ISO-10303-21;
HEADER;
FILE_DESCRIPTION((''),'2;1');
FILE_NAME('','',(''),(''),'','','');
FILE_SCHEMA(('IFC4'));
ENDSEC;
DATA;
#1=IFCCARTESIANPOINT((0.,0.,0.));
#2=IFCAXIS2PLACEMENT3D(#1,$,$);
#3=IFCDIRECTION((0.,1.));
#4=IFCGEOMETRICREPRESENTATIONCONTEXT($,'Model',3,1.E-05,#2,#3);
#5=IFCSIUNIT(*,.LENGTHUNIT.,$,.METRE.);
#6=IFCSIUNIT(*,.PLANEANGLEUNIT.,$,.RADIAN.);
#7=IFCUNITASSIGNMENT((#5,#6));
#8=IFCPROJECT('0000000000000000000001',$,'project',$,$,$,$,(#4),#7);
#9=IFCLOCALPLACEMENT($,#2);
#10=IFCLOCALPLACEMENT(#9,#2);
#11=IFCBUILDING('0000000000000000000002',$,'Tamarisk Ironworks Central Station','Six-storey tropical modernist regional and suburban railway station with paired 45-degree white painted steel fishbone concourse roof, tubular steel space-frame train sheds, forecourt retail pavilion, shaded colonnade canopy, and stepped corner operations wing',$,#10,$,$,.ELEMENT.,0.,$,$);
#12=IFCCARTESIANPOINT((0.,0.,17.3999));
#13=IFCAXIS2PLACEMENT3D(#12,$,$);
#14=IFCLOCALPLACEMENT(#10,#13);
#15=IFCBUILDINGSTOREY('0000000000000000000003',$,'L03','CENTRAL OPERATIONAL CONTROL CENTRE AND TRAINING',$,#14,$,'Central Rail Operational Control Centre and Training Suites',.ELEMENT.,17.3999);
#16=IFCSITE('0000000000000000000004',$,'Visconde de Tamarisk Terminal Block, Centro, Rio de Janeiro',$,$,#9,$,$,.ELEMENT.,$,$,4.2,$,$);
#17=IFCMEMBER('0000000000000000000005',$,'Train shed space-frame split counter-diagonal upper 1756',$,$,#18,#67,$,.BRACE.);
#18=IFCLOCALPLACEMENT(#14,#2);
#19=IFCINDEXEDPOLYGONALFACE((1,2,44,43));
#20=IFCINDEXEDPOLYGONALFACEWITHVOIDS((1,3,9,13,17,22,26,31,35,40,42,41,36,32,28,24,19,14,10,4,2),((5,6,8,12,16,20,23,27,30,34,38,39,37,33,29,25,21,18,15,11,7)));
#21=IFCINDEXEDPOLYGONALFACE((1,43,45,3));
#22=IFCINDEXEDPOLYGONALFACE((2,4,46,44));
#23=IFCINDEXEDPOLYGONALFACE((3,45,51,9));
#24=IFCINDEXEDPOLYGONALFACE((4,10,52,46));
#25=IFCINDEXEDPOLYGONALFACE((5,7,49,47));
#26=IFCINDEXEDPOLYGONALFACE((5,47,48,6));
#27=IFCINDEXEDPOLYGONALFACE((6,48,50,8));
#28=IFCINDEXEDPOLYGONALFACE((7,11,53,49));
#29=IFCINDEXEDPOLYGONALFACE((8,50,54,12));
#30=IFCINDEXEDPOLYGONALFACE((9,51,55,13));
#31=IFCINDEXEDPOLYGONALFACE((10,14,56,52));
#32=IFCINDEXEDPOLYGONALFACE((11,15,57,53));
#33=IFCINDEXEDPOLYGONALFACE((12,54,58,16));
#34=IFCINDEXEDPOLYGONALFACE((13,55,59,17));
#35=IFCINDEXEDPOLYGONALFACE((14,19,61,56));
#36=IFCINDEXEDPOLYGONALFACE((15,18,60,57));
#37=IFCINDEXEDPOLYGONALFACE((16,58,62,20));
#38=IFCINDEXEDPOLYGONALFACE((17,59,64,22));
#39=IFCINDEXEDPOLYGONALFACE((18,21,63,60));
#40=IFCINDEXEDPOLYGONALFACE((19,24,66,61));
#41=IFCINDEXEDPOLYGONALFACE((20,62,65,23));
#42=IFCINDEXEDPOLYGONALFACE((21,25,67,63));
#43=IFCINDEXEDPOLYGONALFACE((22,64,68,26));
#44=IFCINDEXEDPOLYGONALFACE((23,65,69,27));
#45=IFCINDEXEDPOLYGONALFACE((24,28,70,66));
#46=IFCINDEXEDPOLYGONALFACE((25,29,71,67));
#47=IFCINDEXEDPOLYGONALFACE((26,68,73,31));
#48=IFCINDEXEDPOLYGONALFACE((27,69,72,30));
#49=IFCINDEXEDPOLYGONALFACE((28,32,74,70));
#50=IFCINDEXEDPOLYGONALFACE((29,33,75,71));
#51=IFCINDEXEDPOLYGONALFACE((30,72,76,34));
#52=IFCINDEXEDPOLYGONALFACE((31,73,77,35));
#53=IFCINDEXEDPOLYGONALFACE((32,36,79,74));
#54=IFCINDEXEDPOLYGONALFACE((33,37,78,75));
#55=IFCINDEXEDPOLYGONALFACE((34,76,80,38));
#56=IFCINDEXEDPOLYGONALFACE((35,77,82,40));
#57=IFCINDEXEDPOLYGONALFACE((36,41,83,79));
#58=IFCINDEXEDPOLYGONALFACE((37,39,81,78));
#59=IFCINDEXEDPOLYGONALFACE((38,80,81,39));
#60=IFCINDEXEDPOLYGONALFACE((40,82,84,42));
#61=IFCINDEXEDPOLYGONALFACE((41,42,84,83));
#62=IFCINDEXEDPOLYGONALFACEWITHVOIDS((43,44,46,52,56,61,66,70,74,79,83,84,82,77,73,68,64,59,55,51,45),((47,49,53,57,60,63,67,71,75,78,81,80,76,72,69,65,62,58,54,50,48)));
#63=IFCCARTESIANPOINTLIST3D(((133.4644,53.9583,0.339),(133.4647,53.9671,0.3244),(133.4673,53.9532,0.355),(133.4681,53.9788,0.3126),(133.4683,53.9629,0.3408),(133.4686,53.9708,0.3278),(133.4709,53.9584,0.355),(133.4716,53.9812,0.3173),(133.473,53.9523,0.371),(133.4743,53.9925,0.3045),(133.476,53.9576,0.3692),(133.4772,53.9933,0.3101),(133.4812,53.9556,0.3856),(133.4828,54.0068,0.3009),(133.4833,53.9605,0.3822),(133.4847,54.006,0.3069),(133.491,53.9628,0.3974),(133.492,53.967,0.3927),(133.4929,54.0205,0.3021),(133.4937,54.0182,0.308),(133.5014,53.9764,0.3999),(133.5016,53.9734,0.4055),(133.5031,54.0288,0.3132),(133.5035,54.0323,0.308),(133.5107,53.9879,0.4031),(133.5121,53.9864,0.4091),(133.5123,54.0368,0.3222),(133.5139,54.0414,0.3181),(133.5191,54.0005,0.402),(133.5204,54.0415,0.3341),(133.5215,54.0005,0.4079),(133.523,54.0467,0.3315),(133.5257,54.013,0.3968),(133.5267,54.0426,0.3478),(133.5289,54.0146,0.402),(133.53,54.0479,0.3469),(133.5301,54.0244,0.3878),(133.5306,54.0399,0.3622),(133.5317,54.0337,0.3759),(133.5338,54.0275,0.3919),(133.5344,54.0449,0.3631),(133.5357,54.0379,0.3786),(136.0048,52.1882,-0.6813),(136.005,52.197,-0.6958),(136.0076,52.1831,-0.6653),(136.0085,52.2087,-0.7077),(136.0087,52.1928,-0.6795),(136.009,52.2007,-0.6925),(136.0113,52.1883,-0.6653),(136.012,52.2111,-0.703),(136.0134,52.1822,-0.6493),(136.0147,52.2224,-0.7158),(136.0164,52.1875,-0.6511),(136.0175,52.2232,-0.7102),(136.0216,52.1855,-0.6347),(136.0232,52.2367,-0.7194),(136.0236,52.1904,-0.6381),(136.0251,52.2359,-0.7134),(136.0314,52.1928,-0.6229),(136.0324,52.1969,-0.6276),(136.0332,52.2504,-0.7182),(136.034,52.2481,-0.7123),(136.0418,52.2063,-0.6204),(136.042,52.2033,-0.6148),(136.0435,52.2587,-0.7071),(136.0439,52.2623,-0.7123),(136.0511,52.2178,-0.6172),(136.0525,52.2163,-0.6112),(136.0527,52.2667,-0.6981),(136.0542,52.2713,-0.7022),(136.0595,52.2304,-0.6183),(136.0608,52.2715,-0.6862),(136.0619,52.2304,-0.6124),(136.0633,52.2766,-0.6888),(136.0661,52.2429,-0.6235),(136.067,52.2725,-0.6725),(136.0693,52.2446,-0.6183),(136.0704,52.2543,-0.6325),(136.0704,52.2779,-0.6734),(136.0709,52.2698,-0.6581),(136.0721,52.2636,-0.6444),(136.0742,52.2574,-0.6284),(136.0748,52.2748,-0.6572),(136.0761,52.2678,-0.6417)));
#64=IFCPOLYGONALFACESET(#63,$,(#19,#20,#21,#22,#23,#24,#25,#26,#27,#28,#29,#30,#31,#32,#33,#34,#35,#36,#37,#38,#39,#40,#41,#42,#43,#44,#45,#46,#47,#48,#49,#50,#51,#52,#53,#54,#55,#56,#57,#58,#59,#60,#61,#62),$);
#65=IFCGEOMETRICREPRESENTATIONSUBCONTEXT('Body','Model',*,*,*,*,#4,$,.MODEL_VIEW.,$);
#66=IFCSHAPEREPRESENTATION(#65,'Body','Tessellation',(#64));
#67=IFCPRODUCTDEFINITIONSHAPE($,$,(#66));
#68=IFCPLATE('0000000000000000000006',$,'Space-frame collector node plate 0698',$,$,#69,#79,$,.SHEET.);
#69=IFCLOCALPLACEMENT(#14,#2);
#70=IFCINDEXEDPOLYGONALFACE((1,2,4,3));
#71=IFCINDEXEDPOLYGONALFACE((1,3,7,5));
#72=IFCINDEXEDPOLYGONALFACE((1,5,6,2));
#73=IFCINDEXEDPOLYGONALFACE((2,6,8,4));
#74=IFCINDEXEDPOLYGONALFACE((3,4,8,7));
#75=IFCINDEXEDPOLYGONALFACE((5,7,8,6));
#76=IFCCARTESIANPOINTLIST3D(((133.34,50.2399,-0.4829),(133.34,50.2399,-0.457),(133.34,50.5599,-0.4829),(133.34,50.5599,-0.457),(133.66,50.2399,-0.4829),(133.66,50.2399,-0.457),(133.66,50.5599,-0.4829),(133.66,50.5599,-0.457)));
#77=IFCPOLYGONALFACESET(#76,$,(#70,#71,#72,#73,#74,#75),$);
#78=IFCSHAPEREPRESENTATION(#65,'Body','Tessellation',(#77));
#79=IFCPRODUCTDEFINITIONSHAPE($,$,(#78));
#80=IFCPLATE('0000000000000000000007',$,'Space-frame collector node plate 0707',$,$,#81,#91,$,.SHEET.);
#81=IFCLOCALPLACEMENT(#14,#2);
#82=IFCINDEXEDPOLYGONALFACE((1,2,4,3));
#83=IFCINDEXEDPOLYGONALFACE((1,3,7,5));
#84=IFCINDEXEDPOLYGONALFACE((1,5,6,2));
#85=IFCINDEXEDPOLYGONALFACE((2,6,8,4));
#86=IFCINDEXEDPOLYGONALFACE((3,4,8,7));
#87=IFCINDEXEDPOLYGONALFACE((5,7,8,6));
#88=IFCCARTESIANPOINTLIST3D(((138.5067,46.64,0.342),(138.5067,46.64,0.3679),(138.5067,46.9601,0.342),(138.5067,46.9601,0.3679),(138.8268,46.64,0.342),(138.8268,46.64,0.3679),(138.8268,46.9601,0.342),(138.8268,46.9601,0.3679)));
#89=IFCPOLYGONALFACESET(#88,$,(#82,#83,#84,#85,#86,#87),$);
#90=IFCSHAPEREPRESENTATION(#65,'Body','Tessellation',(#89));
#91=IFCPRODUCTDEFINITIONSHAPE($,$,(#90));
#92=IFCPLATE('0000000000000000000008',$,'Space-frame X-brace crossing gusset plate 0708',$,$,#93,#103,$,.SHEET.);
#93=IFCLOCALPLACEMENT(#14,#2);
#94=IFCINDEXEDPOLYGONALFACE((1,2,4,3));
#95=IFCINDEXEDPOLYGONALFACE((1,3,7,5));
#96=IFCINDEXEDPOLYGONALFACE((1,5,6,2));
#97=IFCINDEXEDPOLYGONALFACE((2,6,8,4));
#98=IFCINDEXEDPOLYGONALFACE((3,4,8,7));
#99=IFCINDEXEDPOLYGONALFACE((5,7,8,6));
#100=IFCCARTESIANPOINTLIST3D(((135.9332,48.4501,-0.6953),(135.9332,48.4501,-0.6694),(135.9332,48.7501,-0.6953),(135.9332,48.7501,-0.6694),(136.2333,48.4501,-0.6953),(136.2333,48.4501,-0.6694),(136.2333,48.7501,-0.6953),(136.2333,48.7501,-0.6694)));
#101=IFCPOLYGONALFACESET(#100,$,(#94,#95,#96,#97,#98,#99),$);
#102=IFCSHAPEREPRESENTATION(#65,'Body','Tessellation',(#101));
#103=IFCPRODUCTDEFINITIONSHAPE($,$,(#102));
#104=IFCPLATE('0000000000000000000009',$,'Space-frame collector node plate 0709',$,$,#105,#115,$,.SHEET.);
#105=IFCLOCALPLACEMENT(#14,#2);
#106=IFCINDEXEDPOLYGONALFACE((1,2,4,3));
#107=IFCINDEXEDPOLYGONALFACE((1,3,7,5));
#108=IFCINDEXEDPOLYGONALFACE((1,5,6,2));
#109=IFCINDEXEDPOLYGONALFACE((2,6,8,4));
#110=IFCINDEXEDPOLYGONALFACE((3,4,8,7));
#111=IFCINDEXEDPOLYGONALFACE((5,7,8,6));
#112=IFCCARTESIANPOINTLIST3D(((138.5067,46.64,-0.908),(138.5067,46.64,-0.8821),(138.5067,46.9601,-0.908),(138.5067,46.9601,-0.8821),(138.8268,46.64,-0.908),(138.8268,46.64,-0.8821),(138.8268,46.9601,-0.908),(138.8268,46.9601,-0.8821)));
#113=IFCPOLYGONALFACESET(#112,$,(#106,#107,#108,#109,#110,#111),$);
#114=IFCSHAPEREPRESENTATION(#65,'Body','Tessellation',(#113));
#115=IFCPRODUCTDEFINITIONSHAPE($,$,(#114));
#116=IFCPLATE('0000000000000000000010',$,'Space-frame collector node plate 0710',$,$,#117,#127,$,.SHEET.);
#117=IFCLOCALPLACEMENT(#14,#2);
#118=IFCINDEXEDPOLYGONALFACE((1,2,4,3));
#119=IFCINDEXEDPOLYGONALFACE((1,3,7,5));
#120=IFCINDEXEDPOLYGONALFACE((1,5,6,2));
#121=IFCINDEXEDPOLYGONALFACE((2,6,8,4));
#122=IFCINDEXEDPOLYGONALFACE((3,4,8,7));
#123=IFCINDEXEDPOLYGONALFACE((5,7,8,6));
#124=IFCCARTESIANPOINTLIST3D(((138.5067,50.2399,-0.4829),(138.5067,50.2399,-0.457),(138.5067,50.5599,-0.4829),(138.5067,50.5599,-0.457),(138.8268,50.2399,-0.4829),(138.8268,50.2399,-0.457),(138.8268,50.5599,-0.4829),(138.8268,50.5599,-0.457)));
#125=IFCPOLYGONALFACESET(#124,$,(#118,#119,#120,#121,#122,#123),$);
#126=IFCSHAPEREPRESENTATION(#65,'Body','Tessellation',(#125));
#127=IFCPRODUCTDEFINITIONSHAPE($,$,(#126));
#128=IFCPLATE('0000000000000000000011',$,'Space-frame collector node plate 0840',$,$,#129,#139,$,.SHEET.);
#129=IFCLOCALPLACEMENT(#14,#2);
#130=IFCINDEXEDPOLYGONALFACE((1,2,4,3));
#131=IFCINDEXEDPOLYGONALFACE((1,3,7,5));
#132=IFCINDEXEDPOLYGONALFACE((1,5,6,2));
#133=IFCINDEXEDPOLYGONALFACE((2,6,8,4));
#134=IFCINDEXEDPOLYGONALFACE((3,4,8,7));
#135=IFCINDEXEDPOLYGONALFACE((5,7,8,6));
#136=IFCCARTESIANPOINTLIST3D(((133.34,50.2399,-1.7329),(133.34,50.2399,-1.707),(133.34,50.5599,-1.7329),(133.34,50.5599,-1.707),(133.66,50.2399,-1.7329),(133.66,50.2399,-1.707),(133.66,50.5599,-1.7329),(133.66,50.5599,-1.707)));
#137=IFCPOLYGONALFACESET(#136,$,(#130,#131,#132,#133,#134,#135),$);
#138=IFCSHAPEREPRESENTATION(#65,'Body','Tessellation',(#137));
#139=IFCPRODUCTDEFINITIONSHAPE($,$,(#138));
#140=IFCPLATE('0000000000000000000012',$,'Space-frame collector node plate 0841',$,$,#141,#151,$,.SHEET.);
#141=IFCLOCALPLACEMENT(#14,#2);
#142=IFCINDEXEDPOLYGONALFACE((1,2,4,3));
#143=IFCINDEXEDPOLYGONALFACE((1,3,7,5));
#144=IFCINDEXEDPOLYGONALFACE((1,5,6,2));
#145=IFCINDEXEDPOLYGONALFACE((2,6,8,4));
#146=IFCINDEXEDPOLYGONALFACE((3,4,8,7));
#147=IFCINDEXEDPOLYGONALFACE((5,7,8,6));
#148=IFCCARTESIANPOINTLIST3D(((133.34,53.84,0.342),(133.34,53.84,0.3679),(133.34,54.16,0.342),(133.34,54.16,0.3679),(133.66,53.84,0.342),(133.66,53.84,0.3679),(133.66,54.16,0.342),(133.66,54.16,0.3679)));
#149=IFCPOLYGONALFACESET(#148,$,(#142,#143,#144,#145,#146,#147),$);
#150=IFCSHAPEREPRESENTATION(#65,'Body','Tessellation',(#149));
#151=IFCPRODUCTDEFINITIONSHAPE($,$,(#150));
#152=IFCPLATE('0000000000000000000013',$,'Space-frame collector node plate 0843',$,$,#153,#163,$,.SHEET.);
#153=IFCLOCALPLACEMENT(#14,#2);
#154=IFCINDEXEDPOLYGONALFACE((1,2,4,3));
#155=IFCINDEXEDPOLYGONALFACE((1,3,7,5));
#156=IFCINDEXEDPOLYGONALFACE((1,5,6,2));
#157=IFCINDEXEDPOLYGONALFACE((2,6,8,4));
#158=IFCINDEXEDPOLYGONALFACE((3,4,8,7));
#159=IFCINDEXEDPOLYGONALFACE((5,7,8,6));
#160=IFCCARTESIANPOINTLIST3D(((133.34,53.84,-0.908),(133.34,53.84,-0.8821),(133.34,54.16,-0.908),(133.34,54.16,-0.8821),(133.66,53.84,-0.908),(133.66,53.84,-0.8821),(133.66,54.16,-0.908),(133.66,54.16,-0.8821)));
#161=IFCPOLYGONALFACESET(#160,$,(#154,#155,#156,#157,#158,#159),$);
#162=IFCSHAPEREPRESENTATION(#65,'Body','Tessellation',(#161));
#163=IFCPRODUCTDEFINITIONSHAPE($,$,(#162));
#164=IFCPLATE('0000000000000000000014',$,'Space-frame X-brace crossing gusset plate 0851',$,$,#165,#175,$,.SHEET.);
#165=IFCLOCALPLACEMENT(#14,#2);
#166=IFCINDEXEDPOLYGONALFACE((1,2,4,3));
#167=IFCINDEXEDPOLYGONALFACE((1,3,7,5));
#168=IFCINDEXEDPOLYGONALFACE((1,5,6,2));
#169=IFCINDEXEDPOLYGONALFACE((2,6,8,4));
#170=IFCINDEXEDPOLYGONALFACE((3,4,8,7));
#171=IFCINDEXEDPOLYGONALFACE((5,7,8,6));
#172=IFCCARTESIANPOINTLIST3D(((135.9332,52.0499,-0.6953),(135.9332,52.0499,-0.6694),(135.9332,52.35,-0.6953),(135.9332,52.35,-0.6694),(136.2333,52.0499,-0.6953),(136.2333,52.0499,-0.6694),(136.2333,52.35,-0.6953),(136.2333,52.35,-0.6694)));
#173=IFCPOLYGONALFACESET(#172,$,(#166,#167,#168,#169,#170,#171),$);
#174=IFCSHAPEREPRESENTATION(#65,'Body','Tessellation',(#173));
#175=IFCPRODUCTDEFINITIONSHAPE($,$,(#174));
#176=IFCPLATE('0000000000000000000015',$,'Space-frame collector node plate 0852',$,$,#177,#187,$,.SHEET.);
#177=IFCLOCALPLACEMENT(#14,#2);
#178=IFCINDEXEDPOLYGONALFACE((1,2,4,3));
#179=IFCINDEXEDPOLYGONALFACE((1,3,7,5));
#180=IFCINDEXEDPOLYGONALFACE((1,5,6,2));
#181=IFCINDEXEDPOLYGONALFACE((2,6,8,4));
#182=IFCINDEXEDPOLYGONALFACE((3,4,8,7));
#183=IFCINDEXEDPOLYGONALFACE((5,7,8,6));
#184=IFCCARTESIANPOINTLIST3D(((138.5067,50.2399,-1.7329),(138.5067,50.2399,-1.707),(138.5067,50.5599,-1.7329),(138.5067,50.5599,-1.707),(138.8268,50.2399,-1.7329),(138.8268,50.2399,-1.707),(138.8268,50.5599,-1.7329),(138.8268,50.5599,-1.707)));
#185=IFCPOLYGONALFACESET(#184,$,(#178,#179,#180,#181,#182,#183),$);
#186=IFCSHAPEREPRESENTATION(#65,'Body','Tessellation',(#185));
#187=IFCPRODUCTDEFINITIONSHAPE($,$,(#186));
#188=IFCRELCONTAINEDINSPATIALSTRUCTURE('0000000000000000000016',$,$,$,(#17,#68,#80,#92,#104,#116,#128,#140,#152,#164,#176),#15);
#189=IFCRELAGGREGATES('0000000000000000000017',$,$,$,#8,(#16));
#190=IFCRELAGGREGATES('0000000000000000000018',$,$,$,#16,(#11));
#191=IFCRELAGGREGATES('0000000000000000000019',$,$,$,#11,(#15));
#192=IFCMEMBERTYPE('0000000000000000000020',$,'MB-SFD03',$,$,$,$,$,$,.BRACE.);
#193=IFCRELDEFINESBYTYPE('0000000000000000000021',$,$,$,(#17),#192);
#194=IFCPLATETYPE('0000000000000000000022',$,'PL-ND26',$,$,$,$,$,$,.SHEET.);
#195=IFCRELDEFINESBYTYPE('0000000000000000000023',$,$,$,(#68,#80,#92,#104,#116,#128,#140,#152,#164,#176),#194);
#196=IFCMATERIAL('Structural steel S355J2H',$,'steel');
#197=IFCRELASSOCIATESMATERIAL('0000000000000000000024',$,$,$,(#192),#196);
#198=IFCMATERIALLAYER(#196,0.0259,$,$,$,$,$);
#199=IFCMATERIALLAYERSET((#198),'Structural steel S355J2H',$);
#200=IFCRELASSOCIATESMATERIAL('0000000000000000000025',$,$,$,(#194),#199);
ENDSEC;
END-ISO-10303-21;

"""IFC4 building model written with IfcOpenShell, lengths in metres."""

from ifc_helpers import new_model, si_unit, direction, frame, origin, origin_2d, place, context, subcontext, project, spatial, rectangle, hollow_circle, extrude, material, layer, layer_set, material_profile, profile_set, type_object, element, save


model = new_model("IFC4")

# Units and contexts
model_context = context("Model", 3, precision=1e-05, world=origin(), true_north=direction((0.0, 1.0)))
body_context = subcontext(model_context, "Body", "Model", "MODEL_VIEW")
ifc_project = project(units=[si_unit("LENGTHUNIT", "METRE"), si_unit("PLANEANGLEUNIT", "RADIAN")], contexts=[model_context])

# Site, building, storey
site_placement = place(None, origin())
site = spatial("IfcSite", under=ifc_project, at=site_placement, Name="Visconde de Tamarisk Terminal Block, Centro, Rio de Janeiro", CompositionType="ELEMENT", RefElevation=4.2)
building_placement = place(site_placement, origin())
building = spatial("IfcBuilding", under=site, at=building_placement, Name="Tamarisk Ironworks Central Station", Description="Six-storey tropical modernist regional and suburban railway station with paired 45-degree white painted steel fishbone concourse roof, tubular steel space-frame train sheds, forecourt retail pavilion, shaded colonnade canopy, and stepped corner operations wing", CompositionType="ELEMENT", ElevationOfRefHeight=0.0)
storey_placement = place(building_placement, frame((0.0, 0.0, 17.3999)))
storey = spatial("IfcBuildingStorey", under=building, at=storey_placement, Name="L03", Description="CENTRAL OPERATIONAL CONTROL CENTRE AND TRAINING", LongName="Central Rail Operational Control Centre and Training Suites", CompositionType="ELEMENT", Elevation=17.3999)

# Member
ifc_material = material(Name="Structural steel S355J2H", Category="steel")
ifc_material_profile_1 = material_profile(ifc_material, hollow_circle(Radius=0.0571, WallThickness=0.0063, at=origin_2d()), Name="CHS 114.3x6.3")
ifc_profile_set_1 = profile_set([ifc_material_profile_1], Name="Structural steel S355J2H")
member_type_1 = type_object("IfcMemberType", Name="MB-SFD03", PredefinedType="BRACE", material=ifc_profile_set_1)
member_1_placement = place(storey_placement, frame((136.0403, 52.23, -0.6653), z_axis=(-0.779252, 0.542967, 0.312974), x_axis=(-0.571688, -0.820471, 0.0)))
element("IfcMember", 1, at=member_1_placement, inside=storey, type_object=member_type_1, Name="Train shed space-frame split counter-diagonal upper 1756", PredefinedType="BRACE", context=body_context, shape_type="SweptSolid", body=[
    extrude(hollow_circle(Radius=0.0571, WallThickness=0.0063, at=origin_2d()), origin(), (0.0, 0.0, 1.0), 3.26),
])

# Plates
ifc_layer = layer(ifc_material, 0.0259)
ifc_layer_set = layer_set([ifc_layer], Name="Structural steel S355J2H")
plate_type = type_object("IfcPlateType", Name="PL-ND26", PredefinedType="SHEET", material=ifc_layer_set)
for number, where, z_axis, x_axis, name in (
    (2, (133.5, 50.3999, -0.4829), (0.0, 0.0, 1.0), (1.0, 0.0, 0.0), "Space-frame collector node plate 0698"),
    (3, (138.6667, 46.8, 0.342), (0.0, 0.0, 1.0), (1.0, 0.0, 0.0), "Space-frame collector node plate 0707"),
):
    element("IfcPlate", number, at=place(storey_placement, frame(where, z_axis=z_axis, x_axis=x_axis)), inside=storey, type_object=plate_type, Name=name, PredefinedType="SHEET", context=body_context, shape_type="SweptSolid", body=[
        extrude(rectangle(XDim=0.3201, YDim=0.3201, at=origin_2d()), origin(), (0.0, 0.0, 1.0), 0.0259),
    ])
plate_1_placement = place(storey_placement, frame((136.0833, 48.6001, -0.6953), z_axis=(0.0, 0.0, 1.0), x_axis=(1.0, 0.0, 0.0)))
element("IfcPlate", 4, at=plate_1_placement, inside=storey, type_object=plate_type, Name="Space-frame X-brace crossing gusset plate 0708", PredefinedType="SHEET", context=body_context, shape_type="SweptSolid", body=[
    extrude(rectangle(XDim=0.3, YDim=0.3, at=origin_2d()), origin(), (0.0, 0.0, 1.0), 0.0259),
])
for number, where, z_axis, x_axis, name in (
    (5, (138.6667, 46.8, -0.908), (0.0, 0.0, 1.0), (1.0, 0.0, 0.0), "Space-frame collector node plate 0709"),
    (6, (138.6667, 50.3999, -0.4829), (0.0, 0.0, 1.0), (1.0, 0.0, 0.0), "Space-frame collector node plate 0710"),
    (7, (133.5, 50.3999, -1.7329), (0.0, 0.0, 1.0), (1.0, 0.0, 0.0), "Space-frame collector node plate 0840"),
    (8, (133.5, 54.0, 0.342), (0.0, 0.0, 1.0), (1.0, 0.0, 0.0), "Space-frame collector node plate 0841"),
    (9, (133.5, 54.0, -0.908), (0.0, 0.0, 1.0), (1.0, 0.0, 0.0), "Space-frame collector node plate 0843"),
):
    element("IfcPlate", number, at=place(storey_placement, frame(where, z_axis=z_axis, x_axis=x_axis)), inside=storey, type_object=plate_type, Name=name, PredefinedType="SHEET", context=body_context, shape_type="SweptSolid", body=[
        extrude(rectangle(XDim=0.3201, YDim=0.3201, at=origin_2d()), origin(), (0.0, 0.0, 1.0), 0.0259),
    ])
plate_2_placement = place(storey_placement, frame((136.0833, 52.2, -0.6953), z_axis=(0.0, 0.0, 1.0), x_axis=(1.0, 0.0, 0.0)))
element("IfcPlate", 10, at=plate_2_placement, inside=storey, type_object=plate_type, Name="Space-frame X-brace crossing gusset plate 0851", PredefinedType="SHEET", context=body_context, shape_type="SweptSolid", body=[
    extrude(rectangle(XDim=0.3, YDim=0.3, at=origin_2d()), origin(), (0.0, 0.0, 1.0), 0.0259),
])
plate_3_placement = place(storey_placement, frame((138.6667, 50.3999, -1.7329), z_axis=(0.0, 0.0, 1.0), x_axis=(1.0, 0.0, 0.0)))
element("IfcPlate", 11, at=plate_3_placement, inside=storey, type_object=plate_type, Name="Space-frame collector node plate 0852", PredefinedType="SHEET", context=body_context, shape_type="SweptSolid", body=[
    extrude(rectangle(XDim=0.3201, YDim=0.3201, at=origin_2d()), origin(), (0.0, 0.0, 1.0), 0.0259),
])

save(model, "model.ifc")
